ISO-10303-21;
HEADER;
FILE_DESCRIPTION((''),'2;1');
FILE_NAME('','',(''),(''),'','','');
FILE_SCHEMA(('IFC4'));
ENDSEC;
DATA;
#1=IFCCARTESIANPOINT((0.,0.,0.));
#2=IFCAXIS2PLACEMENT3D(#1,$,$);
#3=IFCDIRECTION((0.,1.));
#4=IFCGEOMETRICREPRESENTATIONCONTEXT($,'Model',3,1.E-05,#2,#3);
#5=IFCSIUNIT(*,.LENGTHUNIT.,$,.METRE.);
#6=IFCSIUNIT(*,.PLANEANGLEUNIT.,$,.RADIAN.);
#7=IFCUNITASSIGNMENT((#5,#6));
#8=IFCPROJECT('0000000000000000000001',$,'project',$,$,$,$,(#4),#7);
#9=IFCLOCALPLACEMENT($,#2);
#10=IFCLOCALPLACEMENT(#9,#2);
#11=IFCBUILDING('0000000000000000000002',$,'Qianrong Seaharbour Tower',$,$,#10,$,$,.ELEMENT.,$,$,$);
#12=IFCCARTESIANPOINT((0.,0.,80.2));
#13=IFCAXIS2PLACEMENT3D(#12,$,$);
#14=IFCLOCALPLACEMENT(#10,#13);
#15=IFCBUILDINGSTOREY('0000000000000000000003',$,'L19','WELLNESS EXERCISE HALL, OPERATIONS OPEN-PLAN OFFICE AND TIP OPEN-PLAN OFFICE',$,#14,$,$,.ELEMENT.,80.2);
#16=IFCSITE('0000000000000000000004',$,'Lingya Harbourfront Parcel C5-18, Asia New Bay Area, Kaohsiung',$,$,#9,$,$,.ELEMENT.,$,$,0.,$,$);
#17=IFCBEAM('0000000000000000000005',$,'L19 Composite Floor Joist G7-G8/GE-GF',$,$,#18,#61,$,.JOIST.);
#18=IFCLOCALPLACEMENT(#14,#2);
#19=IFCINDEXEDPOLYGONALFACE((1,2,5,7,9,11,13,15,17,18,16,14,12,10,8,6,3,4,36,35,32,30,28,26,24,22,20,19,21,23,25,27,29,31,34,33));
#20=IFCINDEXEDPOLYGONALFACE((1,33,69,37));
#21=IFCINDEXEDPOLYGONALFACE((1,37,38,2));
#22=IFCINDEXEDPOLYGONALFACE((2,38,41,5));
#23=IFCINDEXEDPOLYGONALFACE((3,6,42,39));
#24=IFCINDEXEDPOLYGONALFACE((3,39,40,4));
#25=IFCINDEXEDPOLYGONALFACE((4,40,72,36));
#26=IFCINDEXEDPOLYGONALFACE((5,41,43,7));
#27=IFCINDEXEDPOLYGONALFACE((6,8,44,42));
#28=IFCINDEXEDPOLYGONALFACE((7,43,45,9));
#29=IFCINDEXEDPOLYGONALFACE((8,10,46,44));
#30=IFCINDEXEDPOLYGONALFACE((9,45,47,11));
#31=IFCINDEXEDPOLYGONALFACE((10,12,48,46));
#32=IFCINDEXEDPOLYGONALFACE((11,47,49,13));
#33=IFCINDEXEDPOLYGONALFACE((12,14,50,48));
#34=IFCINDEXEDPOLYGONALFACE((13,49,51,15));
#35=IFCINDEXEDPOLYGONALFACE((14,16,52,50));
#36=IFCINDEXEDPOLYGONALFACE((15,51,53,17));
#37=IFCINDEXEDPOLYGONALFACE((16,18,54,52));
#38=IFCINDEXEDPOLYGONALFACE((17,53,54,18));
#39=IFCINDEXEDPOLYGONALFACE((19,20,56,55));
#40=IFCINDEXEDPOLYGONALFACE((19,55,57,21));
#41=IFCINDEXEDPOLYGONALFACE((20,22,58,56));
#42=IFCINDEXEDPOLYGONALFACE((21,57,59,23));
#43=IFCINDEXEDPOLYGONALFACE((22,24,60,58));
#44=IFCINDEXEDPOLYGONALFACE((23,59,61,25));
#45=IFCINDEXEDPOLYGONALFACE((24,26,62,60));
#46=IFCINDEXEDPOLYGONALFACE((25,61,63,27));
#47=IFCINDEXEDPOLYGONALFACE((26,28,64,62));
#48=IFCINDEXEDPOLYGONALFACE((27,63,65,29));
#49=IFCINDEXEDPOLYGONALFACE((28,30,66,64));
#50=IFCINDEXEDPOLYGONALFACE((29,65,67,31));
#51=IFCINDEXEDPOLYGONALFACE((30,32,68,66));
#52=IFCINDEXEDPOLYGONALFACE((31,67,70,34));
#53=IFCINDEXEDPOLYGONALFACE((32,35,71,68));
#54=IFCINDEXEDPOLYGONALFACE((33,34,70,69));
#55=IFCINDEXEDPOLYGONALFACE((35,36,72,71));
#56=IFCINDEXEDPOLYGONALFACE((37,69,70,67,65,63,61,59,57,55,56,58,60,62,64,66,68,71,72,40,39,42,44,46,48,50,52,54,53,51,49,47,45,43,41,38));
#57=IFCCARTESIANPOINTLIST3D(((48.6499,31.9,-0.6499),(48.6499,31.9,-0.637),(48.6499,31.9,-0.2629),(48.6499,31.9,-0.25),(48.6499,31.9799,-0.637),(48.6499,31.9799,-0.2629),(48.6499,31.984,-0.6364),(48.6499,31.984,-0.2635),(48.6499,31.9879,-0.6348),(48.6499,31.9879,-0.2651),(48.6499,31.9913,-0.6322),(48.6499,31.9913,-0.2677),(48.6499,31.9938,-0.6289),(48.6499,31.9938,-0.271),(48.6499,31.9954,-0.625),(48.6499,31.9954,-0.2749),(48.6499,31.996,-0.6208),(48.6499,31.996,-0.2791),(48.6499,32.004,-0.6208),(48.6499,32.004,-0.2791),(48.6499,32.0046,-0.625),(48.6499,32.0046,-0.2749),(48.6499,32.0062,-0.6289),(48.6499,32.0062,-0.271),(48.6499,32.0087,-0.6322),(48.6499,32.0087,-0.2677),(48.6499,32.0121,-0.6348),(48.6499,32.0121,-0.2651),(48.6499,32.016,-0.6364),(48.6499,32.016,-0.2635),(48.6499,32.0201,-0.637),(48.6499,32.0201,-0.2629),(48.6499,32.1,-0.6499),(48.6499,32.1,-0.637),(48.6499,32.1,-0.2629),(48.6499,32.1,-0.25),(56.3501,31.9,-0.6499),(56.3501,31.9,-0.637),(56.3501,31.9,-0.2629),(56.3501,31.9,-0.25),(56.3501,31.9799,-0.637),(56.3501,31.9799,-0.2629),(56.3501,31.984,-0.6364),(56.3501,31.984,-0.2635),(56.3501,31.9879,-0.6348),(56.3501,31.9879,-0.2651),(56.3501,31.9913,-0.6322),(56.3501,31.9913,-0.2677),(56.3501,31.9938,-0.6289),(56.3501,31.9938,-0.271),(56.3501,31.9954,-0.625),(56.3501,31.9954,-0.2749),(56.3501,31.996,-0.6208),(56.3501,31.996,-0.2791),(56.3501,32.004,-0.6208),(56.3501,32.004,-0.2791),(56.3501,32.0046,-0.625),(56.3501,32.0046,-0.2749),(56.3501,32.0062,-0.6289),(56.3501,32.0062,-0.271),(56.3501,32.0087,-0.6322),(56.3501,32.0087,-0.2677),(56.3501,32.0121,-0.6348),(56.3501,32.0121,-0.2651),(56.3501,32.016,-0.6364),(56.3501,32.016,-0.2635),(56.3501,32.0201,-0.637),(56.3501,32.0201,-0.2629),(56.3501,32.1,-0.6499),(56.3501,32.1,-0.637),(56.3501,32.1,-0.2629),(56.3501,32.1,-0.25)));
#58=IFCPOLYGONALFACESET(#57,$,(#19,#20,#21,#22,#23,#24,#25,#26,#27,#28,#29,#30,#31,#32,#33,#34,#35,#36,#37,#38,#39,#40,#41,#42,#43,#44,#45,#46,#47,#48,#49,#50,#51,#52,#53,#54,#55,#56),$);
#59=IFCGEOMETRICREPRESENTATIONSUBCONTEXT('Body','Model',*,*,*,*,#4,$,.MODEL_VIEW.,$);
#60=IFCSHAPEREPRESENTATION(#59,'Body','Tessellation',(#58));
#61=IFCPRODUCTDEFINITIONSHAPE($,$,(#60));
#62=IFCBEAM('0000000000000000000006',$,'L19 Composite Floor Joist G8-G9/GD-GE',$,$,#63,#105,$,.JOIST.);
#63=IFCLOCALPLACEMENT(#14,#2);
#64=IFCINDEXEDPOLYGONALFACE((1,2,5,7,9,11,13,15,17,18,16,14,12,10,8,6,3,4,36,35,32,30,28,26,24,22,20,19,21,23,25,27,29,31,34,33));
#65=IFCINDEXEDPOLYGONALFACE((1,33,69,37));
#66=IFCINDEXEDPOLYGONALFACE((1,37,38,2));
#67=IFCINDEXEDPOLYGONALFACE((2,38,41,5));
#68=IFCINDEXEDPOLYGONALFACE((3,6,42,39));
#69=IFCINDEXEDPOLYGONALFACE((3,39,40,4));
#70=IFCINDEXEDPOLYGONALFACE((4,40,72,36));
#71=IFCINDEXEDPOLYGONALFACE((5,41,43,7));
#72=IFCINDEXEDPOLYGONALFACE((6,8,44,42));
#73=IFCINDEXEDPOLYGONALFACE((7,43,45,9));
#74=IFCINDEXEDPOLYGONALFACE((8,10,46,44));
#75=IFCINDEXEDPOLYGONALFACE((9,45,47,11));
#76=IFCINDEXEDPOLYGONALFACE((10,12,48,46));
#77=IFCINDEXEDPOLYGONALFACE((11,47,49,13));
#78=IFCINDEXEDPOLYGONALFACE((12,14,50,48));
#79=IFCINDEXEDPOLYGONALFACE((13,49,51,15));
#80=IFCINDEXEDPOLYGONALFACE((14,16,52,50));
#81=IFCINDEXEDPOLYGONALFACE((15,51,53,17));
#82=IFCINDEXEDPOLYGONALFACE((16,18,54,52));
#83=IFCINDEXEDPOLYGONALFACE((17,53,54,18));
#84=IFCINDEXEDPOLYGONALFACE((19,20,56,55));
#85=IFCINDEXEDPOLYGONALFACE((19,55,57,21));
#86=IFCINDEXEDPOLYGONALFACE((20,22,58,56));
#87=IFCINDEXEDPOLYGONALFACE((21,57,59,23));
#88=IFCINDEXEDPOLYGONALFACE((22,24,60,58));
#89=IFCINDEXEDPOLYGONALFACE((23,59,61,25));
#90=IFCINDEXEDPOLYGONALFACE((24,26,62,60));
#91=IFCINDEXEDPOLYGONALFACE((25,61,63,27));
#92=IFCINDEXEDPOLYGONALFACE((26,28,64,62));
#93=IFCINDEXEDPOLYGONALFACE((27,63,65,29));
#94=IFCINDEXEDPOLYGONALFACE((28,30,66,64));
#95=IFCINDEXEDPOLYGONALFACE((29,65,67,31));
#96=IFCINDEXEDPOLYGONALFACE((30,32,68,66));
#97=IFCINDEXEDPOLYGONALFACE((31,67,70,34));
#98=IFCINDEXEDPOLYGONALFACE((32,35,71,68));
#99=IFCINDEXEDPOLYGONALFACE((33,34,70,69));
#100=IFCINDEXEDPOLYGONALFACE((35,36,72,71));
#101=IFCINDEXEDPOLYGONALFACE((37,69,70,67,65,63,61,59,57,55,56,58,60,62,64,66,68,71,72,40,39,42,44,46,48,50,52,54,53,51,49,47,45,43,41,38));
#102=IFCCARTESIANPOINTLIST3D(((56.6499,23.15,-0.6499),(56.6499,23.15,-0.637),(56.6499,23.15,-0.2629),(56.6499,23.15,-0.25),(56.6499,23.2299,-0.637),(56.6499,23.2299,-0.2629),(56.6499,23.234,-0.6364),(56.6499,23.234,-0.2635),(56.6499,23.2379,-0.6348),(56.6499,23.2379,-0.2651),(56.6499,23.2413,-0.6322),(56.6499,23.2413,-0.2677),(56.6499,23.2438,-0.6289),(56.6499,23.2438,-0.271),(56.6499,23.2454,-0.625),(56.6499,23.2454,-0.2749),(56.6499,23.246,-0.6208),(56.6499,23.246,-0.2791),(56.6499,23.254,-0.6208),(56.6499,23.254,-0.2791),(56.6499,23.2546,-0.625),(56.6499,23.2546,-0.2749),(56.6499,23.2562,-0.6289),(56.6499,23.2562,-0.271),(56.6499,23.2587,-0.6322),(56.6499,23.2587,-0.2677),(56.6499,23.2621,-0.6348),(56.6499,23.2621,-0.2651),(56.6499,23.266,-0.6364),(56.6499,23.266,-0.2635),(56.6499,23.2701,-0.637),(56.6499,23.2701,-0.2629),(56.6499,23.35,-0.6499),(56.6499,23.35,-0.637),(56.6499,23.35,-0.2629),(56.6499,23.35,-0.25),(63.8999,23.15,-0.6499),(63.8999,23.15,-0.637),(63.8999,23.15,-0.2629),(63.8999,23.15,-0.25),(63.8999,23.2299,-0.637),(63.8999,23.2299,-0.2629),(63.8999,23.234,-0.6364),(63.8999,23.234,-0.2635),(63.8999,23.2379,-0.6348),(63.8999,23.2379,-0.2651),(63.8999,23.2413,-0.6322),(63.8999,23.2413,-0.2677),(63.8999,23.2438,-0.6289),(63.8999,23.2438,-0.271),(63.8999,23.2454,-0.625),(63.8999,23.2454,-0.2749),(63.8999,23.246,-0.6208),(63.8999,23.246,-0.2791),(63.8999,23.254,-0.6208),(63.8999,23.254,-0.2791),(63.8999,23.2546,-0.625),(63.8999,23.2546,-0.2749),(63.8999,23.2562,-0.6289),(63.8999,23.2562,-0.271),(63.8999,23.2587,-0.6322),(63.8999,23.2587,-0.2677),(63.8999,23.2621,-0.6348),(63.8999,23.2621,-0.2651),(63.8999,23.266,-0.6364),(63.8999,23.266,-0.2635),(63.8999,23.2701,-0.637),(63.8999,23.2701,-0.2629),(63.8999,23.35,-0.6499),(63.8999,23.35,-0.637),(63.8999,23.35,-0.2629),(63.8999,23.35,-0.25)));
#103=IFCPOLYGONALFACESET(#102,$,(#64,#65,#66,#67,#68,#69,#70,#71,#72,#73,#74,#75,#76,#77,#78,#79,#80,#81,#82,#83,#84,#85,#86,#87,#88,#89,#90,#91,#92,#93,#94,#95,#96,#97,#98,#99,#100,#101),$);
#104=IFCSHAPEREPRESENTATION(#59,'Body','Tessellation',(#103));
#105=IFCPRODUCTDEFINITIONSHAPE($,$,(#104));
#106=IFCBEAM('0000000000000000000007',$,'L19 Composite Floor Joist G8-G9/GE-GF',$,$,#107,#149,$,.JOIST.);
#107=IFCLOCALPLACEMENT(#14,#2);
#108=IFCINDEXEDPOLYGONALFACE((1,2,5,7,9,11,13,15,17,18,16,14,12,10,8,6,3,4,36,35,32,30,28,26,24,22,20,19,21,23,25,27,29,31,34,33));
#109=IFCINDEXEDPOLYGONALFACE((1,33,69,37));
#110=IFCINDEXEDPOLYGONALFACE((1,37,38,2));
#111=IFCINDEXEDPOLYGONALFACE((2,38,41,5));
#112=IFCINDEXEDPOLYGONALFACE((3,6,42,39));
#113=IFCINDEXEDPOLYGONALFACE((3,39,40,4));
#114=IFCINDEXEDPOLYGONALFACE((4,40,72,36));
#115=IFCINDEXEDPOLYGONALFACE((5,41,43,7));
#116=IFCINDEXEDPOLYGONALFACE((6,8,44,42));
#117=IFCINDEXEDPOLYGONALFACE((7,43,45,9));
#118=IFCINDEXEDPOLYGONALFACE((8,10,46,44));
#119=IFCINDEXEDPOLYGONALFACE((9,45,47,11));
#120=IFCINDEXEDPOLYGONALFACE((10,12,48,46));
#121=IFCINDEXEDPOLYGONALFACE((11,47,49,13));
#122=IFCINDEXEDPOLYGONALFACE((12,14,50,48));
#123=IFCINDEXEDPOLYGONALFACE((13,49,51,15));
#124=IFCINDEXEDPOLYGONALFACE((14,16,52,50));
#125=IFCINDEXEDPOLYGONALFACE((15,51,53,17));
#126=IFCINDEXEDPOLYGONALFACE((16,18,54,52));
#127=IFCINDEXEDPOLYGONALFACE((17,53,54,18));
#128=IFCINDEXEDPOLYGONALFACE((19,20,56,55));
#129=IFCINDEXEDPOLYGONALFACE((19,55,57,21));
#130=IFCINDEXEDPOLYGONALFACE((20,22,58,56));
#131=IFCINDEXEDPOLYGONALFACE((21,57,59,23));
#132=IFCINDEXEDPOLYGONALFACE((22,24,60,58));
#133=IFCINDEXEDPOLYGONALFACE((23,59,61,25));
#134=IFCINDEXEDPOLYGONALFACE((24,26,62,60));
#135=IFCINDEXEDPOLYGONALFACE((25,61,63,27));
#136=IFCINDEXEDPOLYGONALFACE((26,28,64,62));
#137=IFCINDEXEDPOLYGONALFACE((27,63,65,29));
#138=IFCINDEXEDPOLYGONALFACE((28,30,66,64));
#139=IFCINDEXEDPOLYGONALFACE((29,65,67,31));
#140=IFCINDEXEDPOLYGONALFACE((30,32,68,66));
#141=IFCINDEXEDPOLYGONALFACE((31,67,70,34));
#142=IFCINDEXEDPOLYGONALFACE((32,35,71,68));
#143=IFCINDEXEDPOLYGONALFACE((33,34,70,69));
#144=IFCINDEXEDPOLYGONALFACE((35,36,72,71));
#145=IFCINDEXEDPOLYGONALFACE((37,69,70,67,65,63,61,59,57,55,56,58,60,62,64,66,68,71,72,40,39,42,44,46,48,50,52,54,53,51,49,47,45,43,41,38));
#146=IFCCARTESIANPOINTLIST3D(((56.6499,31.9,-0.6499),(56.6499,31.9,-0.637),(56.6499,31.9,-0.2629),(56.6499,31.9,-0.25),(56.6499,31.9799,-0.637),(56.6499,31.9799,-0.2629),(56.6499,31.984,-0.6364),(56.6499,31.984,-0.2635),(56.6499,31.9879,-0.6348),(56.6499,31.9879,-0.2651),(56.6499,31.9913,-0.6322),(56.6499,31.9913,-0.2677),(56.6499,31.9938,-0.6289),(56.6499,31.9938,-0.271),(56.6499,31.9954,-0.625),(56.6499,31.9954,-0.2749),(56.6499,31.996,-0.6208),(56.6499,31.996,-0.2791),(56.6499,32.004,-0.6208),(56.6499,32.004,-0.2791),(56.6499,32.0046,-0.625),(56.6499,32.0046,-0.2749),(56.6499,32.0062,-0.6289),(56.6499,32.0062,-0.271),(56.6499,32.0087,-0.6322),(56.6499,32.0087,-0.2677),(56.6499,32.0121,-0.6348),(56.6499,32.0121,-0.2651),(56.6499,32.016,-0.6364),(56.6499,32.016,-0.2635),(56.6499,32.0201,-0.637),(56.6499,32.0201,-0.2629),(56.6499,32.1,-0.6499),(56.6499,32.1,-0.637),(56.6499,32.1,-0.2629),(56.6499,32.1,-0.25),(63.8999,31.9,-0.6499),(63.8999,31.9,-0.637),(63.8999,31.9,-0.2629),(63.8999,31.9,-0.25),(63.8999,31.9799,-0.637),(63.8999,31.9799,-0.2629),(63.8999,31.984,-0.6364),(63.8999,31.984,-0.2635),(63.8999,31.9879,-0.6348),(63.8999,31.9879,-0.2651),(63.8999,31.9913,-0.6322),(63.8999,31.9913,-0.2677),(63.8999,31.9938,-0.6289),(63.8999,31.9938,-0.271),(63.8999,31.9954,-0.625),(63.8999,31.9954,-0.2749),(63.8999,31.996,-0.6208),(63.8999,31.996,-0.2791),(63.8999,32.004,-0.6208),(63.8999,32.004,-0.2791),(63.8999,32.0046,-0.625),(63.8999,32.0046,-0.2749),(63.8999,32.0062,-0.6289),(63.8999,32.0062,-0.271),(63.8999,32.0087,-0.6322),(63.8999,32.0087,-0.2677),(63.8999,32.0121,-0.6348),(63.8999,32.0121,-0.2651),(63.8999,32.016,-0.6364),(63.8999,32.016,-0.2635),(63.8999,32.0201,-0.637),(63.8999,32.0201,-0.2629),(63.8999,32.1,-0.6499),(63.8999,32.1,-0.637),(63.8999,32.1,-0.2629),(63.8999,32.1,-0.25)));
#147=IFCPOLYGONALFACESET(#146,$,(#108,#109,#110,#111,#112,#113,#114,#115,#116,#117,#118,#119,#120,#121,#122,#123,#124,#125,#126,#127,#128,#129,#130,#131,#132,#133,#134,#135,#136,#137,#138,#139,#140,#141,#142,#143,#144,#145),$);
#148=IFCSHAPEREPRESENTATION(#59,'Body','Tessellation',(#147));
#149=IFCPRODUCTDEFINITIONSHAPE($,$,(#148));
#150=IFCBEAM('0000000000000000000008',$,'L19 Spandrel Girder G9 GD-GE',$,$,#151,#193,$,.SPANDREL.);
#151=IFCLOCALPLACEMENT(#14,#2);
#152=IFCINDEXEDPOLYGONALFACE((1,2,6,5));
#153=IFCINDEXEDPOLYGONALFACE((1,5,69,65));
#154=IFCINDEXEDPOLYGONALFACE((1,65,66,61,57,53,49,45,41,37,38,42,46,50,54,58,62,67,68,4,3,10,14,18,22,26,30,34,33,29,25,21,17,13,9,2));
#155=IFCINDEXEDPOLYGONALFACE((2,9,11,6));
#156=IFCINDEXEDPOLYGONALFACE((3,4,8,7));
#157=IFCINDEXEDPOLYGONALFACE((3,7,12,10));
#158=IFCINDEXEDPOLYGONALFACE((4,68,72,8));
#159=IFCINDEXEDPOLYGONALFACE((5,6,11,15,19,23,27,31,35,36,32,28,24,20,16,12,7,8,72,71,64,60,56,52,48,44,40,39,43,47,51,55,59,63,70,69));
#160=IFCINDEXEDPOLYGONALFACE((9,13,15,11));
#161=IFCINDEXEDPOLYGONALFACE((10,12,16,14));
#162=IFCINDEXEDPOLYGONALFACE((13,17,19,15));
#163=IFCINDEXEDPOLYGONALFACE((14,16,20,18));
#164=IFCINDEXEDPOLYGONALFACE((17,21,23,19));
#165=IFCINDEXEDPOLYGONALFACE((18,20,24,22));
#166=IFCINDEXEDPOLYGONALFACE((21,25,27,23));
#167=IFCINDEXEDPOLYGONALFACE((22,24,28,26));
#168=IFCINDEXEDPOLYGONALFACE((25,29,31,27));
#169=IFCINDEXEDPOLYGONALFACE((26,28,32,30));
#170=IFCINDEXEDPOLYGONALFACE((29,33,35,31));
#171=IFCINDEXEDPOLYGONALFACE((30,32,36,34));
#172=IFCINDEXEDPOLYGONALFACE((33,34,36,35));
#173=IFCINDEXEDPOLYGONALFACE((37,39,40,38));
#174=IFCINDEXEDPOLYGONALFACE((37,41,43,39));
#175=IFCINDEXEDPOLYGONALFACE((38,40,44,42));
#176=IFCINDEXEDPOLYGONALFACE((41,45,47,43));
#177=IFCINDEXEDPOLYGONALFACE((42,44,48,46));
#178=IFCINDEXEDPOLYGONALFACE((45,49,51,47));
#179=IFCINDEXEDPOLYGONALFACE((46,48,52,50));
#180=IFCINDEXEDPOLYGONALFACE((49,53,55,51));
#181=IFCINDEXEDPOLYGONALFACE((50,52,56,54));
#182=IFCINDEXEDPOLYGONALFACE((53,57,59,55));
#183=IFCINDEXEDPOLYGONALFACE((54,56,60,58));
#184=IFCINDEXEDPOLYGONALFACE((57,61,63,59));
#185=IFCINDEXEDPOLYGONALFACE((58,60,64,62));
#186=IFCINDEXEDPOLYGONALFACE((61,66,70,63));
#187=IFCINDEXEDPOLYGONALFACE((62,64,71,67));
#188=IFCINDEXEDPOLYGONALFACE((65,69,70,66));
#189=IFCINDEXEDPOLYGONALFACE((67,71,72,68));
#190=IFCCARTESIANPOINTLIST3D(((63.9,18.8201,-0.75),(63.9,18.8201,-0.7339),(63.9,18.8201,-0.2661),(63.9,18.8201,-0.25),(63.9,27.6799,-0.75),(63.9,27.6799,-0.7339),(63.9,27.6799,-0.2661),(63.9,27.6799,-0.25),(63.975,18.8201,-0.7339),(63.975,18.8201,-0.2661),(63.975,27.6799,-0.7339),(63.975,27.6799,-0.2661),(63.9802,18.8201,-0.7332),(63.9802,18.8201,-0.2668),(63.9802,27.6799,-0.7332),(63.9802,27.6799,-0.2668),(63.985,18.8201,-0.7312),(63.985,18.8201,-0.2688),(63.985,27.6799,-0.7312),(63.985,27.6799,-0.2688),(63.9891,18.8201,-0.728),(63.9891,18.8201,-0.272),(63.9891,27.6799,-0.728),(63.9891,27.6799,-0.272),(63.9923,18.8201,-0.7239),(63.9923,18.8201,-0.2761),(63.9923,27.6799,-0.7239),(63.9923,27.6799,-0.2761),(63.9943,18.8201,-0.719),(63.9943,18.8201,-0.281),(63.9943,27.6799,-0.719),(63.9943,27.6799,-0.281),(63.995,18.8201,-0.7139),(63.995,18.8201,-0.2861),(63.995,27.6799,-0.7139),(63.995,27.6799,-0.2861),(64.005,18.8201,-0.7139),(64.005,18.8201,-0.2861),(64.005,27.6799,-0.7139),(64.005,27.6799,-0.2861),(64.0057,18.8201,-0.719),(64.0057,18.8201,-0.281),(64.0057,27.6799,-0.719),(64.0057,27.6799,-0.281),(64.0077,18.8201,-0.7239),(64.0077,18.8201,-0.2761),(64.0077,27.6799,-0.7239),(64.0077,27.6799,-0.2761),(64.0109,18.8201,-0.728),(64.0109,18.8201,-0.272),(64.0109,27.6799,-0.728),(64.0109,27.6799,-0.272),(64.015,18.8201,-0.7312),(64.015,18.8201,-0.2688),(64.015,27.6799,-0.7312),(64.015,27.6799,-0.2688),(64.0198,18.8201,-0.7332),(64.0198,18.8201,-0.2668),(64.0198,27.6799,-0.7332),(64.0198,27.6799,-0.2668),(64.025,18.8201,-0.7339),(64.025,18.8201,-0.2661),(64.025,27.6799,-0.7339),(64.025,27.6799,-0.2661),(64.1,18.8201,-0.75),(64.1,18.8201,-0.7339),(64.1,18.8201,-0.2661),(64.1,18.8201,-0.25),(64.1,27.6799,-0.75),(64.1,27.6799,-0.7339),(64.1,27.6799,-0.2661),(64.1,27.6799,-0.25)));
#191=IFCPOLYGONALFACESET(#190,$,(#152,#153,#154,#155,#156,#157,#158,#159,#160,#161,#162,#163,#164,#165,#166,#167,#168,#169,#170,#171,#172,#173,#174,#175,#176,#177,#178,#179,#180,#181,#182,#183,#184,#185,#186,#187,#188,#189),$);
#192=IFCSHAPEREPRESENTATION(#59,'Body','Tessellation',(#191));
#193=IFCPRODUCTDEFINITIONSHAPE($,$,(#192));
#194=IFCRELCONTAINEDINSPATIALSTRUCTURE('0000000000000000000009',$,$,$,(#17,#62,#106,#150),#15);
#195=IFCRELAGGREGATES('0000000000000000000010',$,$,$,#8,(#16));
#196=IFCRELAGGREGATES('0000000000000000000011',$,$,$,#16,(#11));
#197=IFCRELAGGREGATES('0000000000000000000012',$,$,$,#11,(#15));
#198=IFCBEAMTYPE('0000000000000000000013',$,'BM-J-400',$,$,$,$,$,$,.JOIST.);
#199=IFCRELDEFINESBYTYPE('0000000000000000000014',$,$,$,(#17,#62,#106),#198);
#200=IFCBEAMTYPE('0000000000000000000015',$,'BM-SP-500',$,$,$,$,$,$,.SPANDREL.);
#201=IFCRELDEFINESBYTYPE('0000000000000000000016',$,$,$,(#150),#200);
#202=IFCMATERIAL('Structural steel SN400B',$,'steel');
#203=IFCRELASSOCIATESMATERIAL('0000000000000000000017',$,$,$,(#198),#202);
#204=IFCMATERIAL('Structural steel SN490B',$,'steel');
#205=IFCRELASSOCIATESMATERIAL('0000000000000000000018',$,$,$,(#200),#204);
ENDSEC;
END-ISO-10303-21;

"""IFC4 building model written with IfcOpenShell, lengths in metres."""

from ifc_helpers import new_model, si_unit, direction, frame, origin, origin_2d, place, context, subcontext, project, spatial, i_section, extrude, material, material_profile, profile_set, type_object, element, save


model = new_model("IFC4")

# Units and contexts
model_context = context("Model", 3, precision=1e-05, world=origin(), true_north=direction((0.0, 1.0)))
body_context = subcontext(model_context, "Body", "Model", "MODEL_VIEW")
ifc_project = project(units=[si_unit("LENGTHUNIT", "METRE"), si_unit("PLANEANGLEUNIT", "RADIAN")], contexts=[model_context])

# Site, building, storey
site_placement = place(None, origin())
site = spatial("IfcSite", under=ifc_project, at=site_placement, Name="Lingya Harbourfront Parcel C5-18, Asia New Bay Area, Kaohsiung", CompositionType="ELEMENT", RefElevation=0.0)
building_placement = place(site_placement, origin())
building = spatial("IfcBuilding", under=site, at=building_placement, Name="Qianrong Seaharbour Tower", CompositionType="ELEMENT")
storey_placement = place(building_placement, frame((0.0, 0.0, 80.2)))
storey = spatial("IfcBuildingStorey", under=building, at=storey_placement, Name="L19", Description="WELLNESS EXERCISE HALL, OPERATIONS OPEN-PLAN OFFICE AND TIP OPEN-PLAN OFFICE", CompositionType="ELEMENT", Elevation=80.2)

# Shared definitions
ifc_material_1 = material(Name="Structural steel SN490B", Category="steel")

# Beams
ifc_material_2 = material(Name="Structural steel SN400B", Category="steel")
ifc_material_profile_1 = material_profile(ifc_material_2, i_section(OverallWidth=0.2, OverallDepth=0.3999, WebThickness=0.0081, FlangeThickness=0.0129, FilletRadius=0.0161, at=origin_2d()), Name="H400x200x8x13")
ifc_profile_set_1 = profile_set([ifc_material_profile_1], Name="Structural steel SN400B")
beam_type_1 = type_object("IfcBeamType", Name="BM-J-400", PredefinedType="JOIST", material=ifc_profile_set_1)
for number, where, z_axis, x_axis, name in (
    (1, (48.6499, 32.0, -0.45), (1.0, 0.0, 0.0), (0.0, 1.0, 0.0), "L19 Composite Floor Joist G7-G8/GE-GF"),
):
    element("IfcBeam", number, at=place(storey_placement, frame(where, z_axis=z_axis, x_axis=x_axis)), inside=storey, type_object=beam_type_1, Name=name, PredefinedType="JOIST", context=body_context, shape_type="SweptSolid", body=[
        extrude(i_section(OverallWidth=0.2, OverallDepth=0.3999, WebThickness=0.0081, FlangeThickness=0.0129, FilletRadius=0.0161, at=origin_2d()), origin(), (0.0, 0.0, 1.0), 7.7002),
    ])
for number, where, z_axis, x_axis, name in (
    (2, (56.6499, 23.25, -0.45), (1.0, 0.0, 0.0), (0.0, 1.0, 0.0), "L19 Composite Floor Joist G8-G9/GD-GE"),
    (3, (56.6499, 32.0, -0.45), (1.0, 0.0, 0.0), (0.0, 1.0, 0.0), "L19 Composite Floor Joist G8-G9/GE-GF"),
):
    element("IfcBeam", number, at=place(storey_placement, frame(where, z_axis=z_axis, x_axis=x_axis)), inside=storey, type_object=beam_type_1, Name=name, PredefinedType="JOIST", context=body_context, shape_type="SweptSolid", body=[
        extrude(i_section(OverallWidth=0.2, OverallDepth=0.3999, WebThickness=0.0081, FlangeThickness=0.0129, FilletRadius=0.0161, at=origin_2d()), origin(), (0.0, 0.0, 1.0), 7.25),
    ])
ifc_material_profile_2 = material_profile(ifc_material_1, i_section(OverallWidth=0.2, OverallDepth=0.5, WebThickness=0.01, FlangeThickness=0.0161, FilletRadius=0.02, at=origin_2d()), Name="H500x200x10x16")
ifc_profile_set_2 = profile_set([ifc_material_profile_2], Name="Structural steel SN490B")
beam_type_2 = type_object("IfcBeamType", Name="BM-SP-500", PredefinedType="SPANDREL", material=ifc_profile_set_2)
beam_1_placement = place(storey_placement, frame((64.0, 18.8201, -0.5), z_axis=(0.0, 1.0, 0.0), x_axis=(-1.0, 0.0, 0.0)))
element("IfcBeam", 4, at=beam_1_placement, inside=storey, type_object=beam_type_2, Name="L19 Spandrel Girder G9 GD-GE", PredefinedType="SPANDREL", context=body_context, shape_type="SweptSolid", body=[
    extrude(i_section(OverallWidth=0.2, OverallDepth=0.5, WebThickness=0.01, FlangeThickness=0.0161, FilletRadius=0.02, at=origin_2d()), origin(), (0.0, 0.0, 1.0), 8.8599),
])

save(model, "model.ifc")
